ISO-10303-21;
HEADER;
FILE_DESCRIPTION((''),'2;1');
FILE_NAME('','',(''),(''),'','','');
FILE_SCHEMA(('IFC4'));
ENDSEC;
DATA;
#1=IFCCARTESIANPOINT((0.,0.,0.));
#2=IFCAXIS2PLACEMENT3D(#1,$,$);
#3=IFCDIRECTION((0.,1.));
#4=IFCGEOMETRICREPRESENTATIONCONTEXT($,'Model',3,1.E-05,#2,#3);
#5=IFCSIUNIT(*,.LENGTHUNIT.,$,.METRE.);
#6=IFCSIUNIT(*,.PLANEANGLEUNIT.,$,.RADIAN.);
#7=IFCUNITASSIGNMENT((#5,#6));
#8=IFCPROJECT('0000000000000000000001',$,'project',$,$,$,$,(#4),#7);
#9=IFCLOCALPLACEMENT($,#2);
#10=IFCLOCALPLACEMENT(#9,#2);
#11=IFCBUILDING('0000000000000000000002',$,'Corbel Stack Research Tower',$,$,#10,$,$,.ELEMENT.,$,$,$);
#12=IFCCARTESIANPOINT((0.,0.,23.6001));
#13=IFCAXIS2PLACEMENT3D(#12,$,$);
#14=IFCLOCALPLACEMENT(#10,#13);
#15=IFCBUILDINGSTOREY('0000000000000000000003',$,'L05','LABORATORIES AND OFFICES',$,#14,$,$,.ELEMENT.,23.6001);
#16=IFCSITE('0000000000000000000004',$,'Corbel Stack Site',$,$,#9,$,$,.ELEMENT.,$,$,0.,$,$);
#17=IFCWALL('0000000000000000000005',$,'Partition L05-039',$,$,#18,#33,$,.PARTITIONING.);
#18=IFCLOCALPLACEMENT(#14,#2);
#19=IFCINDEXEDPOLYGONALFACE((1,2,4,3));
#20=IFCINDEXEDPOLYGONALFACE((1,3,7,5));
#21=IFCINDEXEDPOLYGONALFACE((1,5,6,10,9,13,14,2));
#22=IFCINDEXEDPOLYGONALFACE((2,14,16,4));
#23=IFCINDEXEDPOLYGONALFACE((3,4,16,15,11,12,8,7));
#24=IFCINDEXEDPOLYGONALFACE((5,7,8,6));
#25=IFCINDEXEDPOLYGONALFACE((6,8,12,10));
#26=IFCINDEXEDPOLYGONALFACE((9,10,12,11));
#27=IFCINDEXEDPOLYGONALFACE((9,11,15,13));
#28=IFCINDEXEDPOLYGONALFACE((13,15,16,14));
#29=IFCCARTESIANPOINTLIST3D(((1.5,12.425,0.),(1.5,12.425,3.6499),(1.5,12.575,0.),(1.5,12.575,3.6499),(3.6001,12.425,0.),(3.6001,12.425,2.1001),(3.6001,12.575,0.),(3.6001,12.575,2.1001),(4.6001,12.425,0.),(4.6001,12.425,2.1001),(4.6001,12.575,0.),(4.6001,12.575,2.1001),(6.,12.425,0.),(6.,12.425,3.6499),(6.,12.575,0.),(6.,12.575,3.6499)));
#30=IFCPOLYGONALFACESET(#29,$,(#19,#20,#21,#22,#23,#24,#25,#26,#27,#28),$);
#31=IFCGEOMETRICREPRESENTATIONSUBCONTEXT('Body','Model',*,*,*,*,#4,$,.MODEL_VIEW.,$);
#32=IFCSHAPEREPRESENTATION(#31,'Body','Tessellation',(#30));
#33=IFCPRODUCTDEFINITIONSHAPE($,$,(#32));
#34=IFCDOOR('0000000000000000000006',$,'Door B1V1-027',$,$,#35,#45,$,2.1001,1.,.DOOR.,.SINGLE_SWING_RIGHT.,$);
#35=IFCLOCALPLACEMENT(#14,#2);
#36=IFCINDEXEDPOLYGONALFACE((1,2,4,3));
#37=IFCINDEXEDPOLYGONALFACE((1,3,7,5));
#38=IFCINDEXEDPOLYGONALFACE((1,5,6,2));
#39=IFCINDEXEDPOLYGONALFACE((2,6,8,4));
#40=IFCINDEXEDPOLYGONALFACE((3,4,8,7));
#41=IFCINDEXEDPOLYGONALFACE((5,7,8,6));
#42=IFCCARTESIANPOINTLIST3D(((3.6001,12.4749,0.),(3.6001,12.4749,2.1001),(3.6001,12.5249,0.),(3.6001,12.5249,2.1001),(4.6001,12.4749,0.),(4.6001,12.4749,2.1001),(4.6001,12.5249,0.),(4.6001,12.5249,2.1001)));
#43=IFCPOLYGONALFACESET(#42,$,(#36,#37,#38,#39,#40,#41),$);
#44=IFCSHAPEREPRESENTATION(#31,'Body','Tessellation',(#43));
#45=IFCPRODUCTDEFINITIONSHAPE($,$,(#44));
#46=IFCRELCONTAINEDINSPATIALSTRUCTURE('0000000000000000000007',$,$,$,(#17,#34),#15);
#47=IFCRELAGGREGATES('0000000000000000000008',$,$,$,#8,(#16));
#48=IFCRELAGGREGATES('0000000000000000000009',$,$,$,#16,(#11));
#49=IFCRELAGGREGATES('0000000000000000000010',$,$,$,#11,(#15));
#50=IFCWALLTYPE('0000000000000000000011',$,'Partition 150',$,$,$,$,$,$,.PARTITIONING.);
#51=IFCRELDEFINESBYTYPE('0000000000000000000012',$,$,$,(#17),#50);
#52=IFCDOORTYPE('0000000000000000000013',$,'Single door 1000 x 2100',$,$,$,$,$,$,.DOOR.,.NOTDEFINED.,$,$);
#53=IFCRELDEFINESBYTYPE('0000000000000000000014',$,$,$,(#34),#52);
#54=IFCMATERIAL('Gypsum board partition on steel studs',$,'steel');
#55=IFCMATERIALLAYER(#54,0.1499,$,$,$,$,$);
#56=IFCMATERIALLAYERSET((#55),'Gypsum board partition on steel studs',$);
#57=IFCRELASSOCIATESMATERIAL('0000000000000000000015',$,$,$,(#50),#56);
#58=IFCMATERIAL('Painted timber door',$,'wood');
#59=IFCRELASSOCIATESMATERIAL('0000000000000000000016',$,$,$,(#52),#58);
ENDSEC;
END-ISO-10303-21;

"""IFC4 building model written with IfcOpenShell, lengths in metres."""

from ifc_helpers import new_model, si_unit, direction, frame, frame_2d, origin, place, context, subcontext, project, spatial, rectangle, extrude, material, layer, layer_set, type_object, element, fill, save


model = new_model("IFC4")

# Units and contexts
model_context = context("Model", 3, precision=1e-05, world=origin(), true_north=direction((0.0, 1.0)))
body_context = subcontext(model_context, "Body", "Model", "MODEL_VIEW")
ifc_project = project(units=[si_unit("LENGTHUNIT", "METRE"), si_unit("PLANEANGLEUNIT", "RADIAN")], contexts=[model_context])

# Site, building, storey
site_placement = place(None, origin())
site = spatial("IfcSite", under=ifc_project, at=site_placement, Name="Corbel Stack Site", CompositionType="ELEMENT", RefElevation=0.0)
building_placement = place(site_placement, origin())
building = spatial("IfcBuilding", under=site, at=building_placement, Name="Corbel Stack Research Tower", CompositionType="ELEMENT")
storey_placement = place(building_placement, frame((0.0, 0.0, 23.6001)))
storey = spatial("IfcBuildingStorey", under=building, at=storey_placement, Name="L05", Description="LABORATORIES AND OFFICES", CompositionType="ELEMENT", Elevation=23.6001)

# Wall, opening, door
ifc_material_1 = material(Name="Gypsum board partition on steel studs", Category="steel")
ifc_layer_1 = layer(ifc_material_1, 0.1499)
ifc_layer_set_1 = layer_set([ifc_layer_1], Name="Gypsum board partition on steel studs")
wall_type_1 = type_object("IfcWallType", Name="Partition 150", PredefinedType="PARTITIONING", material=ifc_layer_set_1)
wall_1_placement = place(storey_placement, frame((1.5, 12.5, 0.0), z_axis=(0.0, 0.0, 1.0), x_axis=(1.0, 0.0, 0.0)))
wall_1 = element("IfcWall", 1, at=wall_1_placement, inside=storey, type_object=wall_type_1, Name="Partition L05-039", PredefinedType="PARTITIONING", context=body_context, shape_type="SweptSolid", body=[
    extrude(rectangle(XDim=4.5, YDim=0.1499, at=frame_2d((2.25, 0.0))), origin(), (0.0, 0.0, 1.0), 3.6499),
])
opening_1_placement = place(wall_1_placement, frame((2.1001, 0.0, 0.0)))
opening_1 = element("IfcOpeningElement", 2, at=opening_1_placement, cuts=wall_1, PredefinedType="OPENING", context=body_context, shape_type="SweptSolid", body=[
    extrude(rectangle(XDim=1.0, YDim=2.1001, at=frame_2d((0.5, 1.05))), frame((0.0, 0.085, 0.0), z_axis=(0.0, -1.0, 0.0), x_axis=(1.0, 0.0, 0.0)), (0.0, 0.0, 1.0), 0.1699),
])
ifc_material_2 = material(Name="Painted timber door", Category="wood")
door_type_1 = type_object("IfcDoorType", Name="Single door 1000 x 2100", OperationType="NOTDEFINED", PredefinedType="DOOR", material=ifc_material_2)
door_1_placement = place(opening_1_placement, origin())
door_1 = element("IfcDoor", 3, at=door_1_placement, inside=storey, type_object=door_type_1, Name="Door B1V1-027", OperationType="SINGLE_SWING_RIGHT", OverallHeight=2.1001, OverallWidth=1.0, PredefinedType="DOOR", context=body_context, shape_type="SweptSolid", body=[
    extrude(rectangle(XDim=1.0, YDim=2.1001, at=frame_2d((0.5, 1.05))), frame((0.0, 0.0249, 0.0), z_axis=(0.0, -1.0, 0.0), x_axis=(1.0, 0.0, 0.0)), (0.0, 0.0, 1.0), 0.05),
])
fill(opening_1, door_1)

save(model, "model.ifc")
